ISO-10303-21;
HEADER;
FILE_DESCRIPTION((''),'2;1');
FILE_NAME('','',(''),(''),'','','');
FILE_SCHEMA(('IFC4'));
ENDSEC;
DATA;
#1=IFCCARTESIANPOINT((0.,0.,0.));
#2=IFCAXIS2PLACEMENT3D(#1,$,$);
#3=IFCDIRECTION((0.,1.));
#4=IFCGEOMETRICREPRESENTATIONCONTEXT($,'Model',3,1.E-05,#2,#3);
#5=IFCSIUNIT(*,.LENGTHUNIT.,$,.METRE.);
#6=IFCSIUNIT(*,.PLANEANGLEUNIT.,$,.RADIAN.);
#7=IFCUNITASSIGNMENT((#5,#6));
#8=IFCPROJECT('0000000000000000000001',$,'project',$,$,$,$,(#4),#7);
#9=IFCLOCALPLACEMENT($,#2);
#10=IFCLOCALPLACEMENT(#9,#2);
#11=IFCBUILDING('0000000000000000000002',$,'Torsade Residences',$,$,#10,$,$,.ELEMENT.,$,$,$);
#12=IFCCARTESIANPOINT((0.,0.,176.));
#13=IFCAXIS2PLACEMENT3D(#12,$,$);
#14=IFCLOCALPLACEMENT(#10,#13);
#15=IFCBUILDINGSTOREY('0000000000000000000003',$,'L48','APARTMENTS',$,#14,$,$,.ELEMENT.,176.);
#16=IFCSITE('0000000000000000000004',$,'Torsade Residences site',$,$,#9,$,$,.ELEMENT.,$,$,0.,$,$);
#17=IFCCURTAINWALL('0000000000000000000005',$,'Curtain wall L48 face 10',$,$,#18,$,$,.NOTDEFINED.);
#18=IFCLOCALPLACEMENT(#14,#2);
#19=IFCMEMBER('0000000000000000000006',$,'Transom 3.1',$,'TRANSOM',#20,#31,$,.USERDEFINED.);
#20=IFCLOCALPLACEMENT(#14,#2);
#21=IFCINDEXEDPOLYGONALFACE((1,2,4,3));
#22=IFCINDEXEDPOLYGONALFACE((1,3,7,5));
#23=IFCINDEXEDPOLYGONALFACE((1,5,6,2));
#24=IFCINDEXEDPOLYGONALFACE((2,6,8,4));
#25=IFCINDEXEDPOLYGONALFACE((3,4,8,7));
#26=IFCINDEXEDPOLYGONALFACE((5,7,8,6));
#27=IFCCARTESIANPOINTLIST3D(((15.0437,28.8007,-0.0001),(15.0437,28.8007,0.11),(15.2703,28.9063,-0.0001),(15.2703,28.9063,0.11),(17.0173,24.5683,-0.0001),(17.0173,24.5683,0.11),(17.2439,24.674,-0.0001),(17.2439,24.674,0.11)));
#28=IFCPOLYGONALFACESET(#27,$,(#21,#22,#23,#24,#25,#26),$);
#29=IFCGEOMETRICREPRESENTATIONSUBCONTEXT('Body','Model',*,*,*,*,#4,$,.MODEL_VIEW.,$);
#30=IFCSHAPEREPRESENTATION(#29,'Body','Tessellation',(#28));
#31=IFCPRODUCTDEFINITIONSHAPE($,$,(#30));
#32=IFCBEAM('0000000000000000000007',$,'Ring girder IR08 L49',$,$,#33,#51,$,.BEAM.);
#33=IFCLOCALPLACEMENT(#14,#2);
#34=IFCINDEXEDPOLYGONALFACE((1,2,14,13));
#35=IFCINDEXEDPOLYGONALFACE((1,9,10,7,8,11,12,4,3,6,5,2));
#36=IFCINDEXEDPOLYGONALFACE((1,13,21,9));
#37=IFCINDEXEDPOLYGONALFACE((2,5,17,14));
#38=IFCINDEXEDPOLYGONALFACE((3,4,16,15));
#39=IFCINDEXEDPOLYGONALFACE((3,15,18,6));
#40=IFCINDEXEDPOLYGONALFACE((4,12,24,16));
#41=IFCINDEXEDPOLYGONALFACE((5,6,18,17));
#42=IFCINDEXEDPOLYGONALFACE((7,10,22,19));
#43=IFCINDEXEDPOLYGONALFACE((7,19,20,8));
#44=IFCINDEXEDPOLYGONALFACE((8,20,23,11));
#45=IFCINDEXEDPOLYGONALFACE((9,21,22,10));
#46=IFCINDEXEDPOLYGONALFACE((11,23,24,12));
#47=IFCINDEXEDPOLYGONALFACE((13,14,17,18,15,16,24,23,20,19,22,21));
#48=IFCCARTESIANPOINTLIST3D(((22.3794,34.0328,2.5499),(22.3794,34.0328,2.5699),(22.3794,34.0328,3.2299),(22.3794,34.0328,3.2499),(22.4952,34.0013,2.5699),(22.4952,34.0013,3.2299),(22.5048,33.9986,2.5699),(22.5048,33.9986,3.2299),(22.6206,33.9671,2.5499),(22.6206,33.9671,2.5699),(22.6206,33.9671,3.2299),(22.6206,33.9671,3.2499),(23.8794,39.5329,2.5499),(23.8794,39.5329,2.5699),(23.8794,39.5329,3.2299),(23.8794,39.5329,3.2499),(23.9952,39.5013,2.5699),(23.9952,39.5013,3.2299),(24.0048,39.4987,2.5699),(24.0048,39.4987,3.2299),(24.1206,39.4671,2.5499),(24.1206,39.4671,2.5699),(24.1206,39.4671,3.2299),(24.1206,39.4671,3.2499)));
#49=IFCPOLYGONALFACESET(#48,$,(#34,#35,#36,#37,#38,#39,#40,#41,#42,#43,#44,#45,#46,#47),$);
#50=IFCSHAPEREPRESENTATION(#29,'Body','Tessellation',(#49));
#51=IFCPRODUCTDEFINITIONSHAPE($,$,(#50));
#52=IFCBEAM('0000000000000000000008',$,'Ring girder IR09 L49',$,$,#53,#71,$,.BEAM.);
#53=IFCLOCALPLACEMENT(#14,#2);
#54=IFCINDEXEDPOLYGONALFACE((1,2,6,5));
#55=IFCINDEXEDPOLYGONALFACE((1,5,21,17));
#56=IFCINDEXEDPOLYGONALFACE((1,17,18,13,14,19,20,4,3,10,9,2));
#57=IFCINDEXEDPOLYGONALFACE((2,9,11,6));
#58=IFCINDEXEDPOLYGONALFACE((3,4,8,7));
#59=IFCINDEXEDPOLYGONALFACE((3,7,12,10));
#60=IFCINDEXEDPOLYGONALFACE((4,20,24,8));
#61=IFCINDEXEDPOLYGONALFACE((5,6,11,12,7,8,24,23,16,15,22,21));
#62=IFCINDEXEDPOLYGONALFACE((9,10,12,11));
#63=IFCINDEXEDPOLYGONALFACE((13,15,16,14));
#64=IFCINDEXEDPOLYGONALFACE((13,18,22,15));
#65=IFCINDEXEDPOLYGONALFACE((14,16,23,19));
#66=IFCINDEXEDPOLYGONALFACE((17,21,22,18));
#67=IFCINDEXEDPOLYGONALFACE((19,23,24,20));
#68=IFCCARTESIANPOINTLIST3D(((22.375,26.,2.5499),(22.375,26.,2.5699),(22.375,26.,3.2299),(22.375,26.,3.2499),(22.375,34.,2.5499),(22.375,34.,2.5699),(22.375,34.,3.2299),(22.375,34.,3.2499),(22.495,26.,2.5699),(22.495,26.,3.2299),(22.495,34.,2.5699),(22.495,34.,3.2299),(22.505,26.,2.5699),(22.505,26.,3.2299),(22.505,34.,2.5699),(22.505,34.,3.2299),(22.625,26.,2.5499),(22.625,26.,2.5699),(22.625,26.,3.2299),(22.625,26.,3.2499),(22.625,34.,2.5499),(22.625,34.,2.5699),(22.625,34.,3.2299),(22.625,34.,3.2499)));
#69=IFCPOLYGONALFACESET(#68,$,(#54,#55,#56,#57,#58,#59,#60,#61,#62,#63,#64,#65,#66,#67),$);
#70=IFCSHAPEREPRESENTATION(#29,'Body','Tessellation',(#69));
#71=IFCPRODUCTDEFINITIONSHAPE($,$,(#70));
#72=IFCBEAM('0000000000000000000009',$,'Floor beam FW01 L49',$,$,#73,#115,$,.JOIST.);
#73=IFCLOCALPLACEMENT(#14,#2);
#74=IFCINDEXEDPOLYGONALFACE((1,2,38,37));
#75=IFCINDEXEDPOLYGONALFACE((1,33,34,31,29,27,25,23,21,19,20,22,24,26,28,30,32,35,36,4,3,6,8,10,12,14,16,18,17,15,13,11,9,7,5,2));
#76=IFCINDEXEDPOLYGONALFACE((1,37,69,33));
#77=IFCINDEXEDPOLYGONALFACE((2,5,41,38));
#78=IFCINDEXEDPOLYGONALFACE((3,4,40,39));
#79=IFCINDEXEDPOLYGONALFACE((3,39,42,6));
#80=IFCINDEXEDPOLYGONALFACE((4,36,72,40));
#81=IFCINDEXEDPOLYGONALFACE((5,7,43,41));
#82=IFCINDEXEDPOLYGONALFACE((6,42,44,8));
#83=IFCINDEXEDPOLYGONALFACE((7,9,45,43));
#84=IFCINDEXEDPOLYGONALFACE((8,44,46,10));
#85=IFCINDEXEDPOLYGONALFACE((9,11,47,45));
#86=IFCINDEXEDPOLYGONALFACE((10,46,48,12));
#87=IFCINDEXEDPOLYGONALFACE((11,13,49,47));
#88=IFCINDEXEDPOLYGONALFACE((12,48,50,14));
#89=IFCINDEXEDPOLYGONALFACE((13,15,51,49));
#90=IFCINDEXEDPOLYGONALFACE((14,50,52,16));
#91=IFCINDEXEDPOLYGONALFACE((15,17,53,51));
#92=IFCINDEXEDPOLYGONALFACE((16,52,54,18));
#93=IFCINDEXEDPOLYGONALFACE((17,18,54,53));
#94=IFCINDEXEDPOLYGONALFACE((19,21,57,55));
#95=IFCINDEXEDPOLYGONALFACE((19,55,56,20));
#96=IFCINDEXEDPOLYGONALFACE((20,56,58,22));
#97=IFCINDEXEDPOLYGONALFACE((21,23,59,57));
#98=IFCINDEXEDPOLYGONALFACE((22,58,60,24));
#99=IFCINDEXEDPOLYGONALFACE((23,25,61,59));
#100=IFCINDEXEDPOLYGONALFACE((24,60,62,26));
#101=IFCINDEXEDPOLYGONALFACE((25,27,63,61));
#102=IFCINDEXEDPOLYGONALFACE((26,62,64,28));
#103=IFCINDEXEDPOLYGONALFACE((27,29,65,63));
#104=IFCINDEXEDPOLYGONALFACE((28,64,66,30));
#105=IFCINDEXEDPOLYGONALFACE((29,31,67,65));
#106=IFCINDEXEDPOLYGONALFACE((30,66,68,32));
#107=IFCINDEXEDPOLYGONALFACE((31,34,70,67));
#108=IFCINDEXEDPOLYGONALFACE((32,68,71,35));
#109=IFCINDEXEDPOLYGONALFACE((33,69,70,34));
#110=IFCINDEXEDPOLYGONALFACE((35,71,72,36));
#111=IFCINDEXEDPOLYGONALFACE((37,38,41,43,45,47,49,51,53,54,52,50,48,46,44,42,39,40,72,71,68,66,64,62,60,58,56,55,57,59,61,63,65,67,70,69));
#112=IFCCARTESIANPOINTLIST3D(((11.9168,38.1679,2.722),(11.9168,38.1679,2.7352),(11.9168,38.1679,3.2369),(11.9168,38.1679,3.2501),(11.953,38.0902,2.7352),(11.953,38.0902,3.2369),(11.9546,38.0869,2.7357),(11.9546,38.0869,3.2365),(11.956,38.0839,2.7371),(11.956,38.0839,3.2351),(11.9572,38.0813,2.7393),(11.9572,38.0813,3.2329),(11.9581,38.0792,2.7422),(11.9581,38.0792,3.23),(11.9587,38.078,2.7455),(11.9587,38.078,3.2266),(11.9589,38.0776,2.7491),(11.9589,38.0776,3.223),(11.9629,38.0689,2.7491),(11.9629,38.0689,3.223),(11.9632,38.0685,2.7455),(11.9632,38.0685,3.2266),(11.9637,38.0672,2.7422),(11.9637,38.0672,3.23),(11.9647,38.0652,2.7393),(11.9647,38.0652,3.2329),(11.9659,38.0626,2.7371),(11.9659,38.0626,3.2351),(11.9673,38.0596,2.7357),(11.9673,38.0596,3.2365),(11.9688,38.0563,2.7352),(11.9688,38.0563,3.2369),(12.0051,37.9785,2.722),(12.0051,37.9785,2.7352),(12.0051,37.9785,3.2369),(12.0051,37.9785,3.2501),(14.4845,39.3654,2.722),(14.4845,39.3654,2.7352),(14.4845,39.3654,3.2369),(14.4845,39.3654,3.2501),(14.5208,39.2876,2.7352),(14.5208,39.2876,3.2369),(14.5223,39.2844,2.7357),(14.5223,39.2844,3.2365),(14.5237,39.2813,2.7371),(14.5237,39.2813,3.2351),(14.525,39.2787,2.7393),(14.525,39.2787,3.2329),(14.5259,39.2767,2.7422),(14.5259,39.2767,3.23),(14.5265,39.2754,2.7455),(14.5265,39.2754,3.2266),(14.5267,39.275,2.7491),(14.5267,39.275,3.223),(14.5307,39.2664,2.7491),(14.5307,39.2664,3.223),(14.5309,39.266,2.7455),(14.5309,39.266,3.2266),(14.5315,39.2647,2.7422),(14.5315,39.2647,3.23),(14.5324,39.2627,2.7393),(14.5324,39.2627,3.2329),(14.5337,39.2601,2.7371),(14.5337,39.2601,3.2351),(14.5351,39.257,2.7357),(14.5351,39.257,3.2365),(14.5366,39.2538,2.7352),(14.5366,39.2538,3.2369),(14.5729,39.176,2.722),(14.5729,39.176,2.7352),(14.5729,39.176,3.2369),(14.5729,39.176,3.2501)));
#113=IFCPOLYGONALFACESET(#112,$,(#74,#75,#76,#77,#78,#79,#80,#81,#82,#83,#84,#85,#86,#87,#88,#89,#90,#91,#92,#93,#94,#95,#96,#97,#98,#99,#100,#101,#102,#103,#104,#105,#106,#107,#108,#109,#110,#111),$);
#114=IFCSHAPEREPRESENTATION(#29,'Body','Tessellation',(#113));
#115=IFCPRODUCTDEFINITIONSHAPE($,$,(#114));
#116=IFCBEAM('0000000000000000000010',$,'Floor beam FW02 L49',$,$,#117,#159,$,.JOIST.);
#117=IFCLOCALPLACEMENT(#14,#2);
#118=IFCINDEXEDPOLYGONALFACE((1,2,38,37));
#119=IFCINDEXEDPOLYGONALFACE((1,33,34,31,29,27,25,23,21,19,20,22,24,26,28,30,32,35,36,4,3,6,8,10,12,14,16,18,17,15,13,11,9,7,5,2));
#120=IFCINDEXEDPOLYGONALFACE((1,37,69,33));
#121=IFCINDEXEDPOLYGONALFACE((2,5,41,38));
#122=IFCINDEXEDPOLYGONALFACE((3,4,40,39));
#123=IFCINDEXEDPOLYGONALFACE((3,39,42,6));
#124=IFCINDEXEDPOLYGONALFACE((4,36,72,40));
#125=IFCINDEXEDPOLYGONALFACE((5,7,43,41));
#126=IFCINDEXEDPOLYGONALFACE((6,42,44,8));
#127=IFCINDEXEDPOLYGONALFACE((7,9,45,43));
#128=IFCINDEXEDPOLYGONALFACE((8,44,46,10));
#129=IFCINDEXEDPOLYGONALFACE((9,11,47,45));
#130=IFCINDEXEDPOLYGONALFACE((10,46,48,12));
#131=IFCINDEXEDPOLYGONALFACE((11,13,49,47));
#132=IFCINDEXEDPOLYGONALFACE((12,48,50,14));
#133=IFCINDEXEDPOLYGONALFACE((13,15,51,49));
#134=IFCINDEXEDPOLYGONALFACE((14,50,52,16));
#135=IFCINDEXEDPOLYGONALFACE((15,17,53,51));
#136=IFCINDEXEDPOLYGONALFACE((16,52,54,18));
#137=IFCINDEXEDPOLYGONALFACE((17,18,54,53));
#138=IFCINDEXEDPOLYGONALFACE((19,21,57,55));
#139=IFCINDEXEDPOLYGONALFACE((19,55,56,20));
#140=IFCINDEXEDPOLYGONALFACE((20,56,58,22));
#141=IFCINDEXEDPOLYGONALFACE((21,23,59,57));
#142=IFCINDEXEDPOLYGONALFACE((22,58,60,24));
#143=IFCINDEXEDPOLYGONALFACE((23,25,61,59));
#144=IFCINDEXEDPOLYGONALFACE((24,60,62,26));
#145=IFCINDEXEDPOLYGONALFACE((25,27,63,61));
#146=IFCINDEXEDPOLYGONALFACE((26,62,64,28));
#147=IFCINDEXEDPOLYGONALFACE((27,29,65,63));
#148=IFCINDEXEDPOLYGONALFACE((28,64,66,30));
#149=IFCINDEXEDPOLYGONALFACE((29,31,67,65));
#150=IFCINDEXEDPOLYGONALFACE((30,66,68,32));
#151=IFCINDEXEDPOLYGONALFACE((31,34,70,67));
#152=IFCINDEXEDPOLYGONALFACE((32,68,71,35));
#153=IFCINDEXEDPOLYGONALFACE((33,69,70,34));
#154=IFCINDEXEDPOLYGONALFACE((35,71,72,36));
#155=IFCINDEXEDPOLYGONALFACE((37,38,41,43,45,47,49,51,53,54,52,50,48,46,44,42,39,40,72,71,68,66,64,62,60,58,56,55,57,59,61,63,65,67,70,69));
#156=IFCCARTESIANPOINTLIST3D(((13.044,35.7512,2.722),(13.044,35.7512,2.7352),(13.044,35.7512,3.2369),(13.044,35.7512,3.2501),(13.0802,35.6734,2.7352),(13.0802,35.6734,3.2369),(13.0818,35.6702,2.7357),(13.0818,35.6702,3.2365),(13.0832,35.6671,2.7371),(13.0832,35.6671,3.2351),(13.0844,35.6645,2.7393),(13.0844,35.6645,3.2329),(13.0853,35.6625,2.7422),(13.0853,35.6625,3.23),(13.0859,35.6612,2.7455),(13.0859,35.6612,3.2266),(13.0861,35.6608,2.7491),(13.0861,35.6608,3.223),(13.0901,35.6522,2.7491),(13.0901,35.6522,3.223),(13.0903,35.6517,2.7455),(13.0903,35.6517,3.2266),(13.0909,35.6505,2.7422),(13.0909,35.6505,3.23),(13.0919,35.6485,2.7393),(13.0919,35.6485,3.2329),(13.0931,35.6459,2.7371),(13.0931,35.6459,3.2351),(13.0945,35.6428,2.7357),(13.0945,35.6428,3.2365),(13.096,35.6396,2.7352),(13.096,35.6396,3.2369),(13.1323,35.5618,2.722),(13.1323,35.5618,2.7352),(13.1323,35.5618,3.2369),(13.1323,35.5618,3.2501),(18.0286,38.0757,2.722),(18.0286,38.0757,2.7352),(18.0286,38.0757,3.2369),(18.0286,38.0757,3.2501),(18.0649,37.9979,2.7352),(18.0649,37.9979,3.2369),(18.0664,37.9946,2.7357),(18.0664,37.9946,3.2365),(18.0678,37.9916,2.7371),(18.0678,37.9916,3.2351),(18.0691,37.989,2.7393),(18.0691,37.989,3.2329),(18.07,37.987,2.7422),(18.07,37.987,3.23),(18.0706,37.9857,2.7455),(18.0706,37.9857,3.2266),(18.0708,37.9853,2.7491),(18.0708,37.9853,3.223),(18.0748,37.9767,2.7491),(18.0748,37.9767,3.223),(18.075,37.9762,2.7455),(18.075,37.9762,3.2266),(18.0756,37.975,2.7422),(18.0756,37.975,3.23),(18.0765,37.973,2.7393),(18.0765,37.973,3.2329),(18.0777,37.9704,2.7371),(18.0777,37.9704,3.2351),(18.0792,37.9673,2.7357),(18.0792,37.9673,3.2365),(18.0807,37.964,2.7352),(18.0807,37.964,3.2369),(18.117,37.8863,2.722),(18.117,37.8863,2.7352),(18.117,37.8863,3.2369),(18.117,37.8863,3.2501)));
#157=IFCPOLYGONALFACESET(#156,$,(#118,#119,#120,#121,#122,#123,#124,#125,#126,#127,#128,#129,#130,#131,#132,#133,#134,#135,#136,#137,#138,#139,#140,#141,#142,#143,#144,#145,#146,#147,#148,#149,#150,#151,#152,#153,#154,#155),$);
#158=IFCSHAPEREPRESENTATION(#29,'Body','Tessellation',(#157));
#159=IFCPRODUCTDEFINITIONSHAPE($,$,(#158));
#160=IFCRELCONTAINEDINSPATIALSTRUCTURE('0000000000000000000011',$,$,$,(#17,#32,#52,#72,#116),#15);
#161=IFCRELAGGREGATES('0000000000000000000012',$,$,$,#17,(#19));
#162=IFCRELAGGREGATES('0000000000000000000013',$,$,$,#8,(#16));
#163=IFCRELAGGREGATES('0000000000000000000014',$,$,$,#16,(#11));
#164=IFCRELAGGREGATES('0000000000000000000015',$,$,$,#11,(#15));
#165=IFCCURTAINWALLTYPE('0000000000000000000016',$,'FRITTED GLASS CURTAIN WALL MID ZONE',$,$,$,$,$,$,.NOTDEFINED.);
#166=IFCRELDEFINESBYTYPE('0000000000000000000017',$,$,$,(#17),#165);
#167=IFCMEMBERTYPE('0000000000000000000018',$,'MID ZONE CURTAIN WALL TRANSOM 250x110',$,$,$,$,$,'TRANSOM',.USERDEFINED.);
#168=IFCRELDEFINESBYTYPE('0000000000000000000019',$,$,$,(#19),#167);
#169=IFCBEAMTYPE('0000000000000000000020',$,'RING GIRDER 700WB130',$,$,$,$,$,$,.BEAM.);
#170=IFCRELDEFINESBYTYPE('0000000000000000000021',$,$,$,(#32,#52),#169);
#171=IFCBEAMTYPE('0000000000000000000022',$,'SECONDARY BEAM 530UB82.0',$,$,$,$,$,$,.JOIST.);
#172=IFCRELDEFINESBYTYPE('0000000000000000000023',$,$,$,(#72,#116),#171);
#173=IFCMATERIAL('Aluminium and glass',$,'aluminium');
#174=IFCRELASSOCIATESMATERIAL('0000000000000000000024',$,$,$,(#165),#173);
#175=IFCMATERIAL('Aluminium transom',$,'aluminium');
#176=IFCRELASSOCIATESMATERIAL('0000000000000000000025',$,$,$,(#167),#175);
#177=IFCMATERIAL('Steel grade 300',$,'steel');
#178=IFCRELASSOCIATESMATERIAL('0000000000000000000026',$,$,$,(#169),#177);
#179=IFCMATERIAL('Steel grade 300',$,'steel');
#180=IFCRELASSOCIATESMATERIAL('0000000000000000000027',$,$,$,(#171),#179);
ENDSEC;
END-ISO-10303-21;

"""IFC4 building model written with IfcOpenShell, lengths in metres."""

from ifc_helpers import new_model, si_unit, direction, frame, origin, origin_2d, place, context, subcontext, project, spatial, rectangle, i_section, extrude, material, material_profile, profile_set, type_object, element, aggregate, save


model = new_model("IFC4")

# Units and contexts
model_context = context("Model", 3, precision=1e-05, world=origin(), true_north=direction((0.0, 1.0)))
body_context = subcontext(model_context, "Body", "Model", "MODEL_VIEW")
ifc_project = project(units=[si_unit("LENGTHUNIT", "METRE"), si_unit("PLANEANGLEUNIT", "RADIAN")], contexts=[model_context])

# Site, building, storey
site_placement = place(None, origin())
site = spatial("IfcSite", under=ifc_project, at=site_placement, Name="Torsade Residences site", CompositionType="ELEMENT", RefElevation=0.0)
building_placement = place(site_placement, origin())
building = spatial("IfcBuilding", under=site, at=building_placement, Name="Torsade Residences", CompositionType="ELEMENT")
storey_placement = place(building_placement, frame((0.0, 0.0, 176.0)))
storey = spatial("IfcBuildingStorey", under=building, at=storey_placement, Name="L48", Description="APARTMENTS", CompositionType="ELEMENT", Elevation=176.0)

# Curtain wall, member
ifc_material_1 = material(Name="Aluminium and glass", Category="aluminium")
curtain_wall_type = type_object("IfcCurtainWallType", Name="FRITTED GLASS CURTAIN WALL MID ZONE", PredefinedType="NOTDEFINED", material=ifc_material_1)
curtain_wall_placement = place(storey_placement, origin())
curtain_wall = element("IfcCurtainWall", 1, at=curtain_wall_placement, inside=storey, type_object=curtain_wall_type, Name="Curtain wall L48 face 10", PredefinedType="NOTDEFINED")
ifc_material_2 = material(Name="Aluminium transom", Category="aluminium")
ifc_material_profile_1 = material_profile(ifc_material_2, rectangle(XDim=0.25, YDim=0.1101, at=origin_2d()), Name="MID ZONE CURTAIN WALL TRANSOM 250x110")
ifc_profile_set_1 = profile_set([ifc_material_profile_1], Name="Aluminium transom")
member_type_1 = type_object("IfcMemberType", Name="MID ZONE CURTAIN WALL TRANSOM 250x110", ElementType="TRANSOM", PredefinedType="USERDEFINED", material=ifc_profile_set_1)
member_1_placement = place(storey_placement, frame((15.157, 28.8535, 0.0549), z_axis=(0.422622, -0.906306, 0.0), x_axis=(0.906306, 0.422622, 0.0)))
member_1 = element("IfcMember", 2, at=member_1_placement, type_object=member_type_1, Name="Transom 3.1", ObjectType="TRANSOM", PredefinedType="USERDEFINED", context=body_context, shape_type="SweptSolid", body=[
    extrude(rectangle(XDim=0.25, YDim=0.1101, at=origin_2d()), origin(), (0.0, 0.0, 1.0), 4.6699),
])

# Beams
ifc_material_3 = material(Name="Steel grade 300", Category="steel")
ifc_material_profile_2 = material_profile(ifc_material_3, i_section(OverallWidth=0.25, OverallDepth=0.7, WebThickness=0.01, FlangeThickness=0.02, at=origin_2d()), Name="700WB130")
ifc_profile_set_2 = profile_set([ifc_material_profile_2], Name="Steel grade 300")
beam_type_1 = type_object("IfcBeamType", Name="RING GIRDER 700WB130", PredefinedType="BEAM", material=ifc_profile_set_2)
beam_1_placement = place(storey_placement, frame((24.0, 39.5, 2.8999), z_axis=(-0.263117, -0.964764, 0.0), x_axis=(0.964764, -0.263117, 0.0)))
element("IfcBeam", 3, at=beam_1_placement, inside=storey, type_object=beam_type_1, Name="Ring girder IR08 L49", PredefinedType="BEAM", context=body_context, shape_type="SweptSolid", body=[
    extrude(i_section(OverallWidth=0.25, OverallDepth=0.7, WebThickness=0.01, FlangeThickness=0.02, at=origin_2d()), origin(), (0.0, 0.0, 1.0), 5.7009),
])
beam_2_placement = place(storey_placement, frame((22.5, 34.0, 2.8999), z_axis=(0.0, -1.0, 0.0), x_axis=(1.0, 0.0, 0.0)))
element("IfcBeam", 4, at=beam_2_placement, inside=storey, type_object=beam_type_1, Name="Ring girder IR09 L49", PredefinedType="BEAM", context=body_context, shape_type="SweptSolid", body=[
    extrude(i_section(OverallWidth=0.25, OverallDepth=0.7, WebThickness=0.01, FlangeThickness=0.02, at=origin_2d()), origin(), (0.0, 0.0, 1.0), 8.0),
])
ifc_material_4 = material(Name="Steel grade 300", Category="steel")
ifc_material_profile_3 = material_profile(ifc_material_4, i_section(OverallWidth=0.209, OverallDepth=0.5281, WebThickness=0.0095, FlangeThickness=0.0132, FilletRadius=0.0139, at=origin_2d()), Name="530UB82.0")
ifc_profile_set_3 = profile_set([ifc_material_profile_3], Name="Steel grade 300")
beam_type_2 = type_object("IfcBeamType", Name="SECONDARY BEAM 530UB82.0", PredefinedType="JOIST", material=ifc_profile_set_3)
beam_3_placement = place(storey_placement, frame((11.9609, 38.0732, 2.9861), z_axis=(0.906295, 0.422645, 0.0), x_axis=(-0.422645, 0.906295, 0.0)))
element("IfcBeam", 5, at=beam_3_placement, inside=storey, type_object=beam_type_2, Name="Floor beam FW01 L49", PredefinedType="JOIST", context=body_context, shape_type="SweptSolid", body=[
    extrude(i_section(OverallWidth=0.209, OverallDepth=0.5281, WebThickness=0.0095, FlangeThickness=0.0132, FilletRadius=0.0139, at=origin_2d()), origin(), (0.0, 0.0, 1.0), 2.8333),
])
beam_4_placement = place(storey_placement, frame((13.0881, 35.6565, 2.9861), z_axis=(0.906301, 0.422633, 0.0), x_axis=(-0.422633, 0.906301, 0.0)))
element("IfcBeam", 6, at=beam_4_placement, inside=storey, type_object=beam_type_2, Name="Floor beam FW02 L49", PredefinedType="JOIST", context=body_context, shape_type="SweptSolid", body=[
    extrude(i_section(OverallWidth=0.209, OverallDepth=0.5281, WebThickness=0.0095, FlangeThickness=0.0132, FilletRadius=0.0139, at=origin_2d()), origin(), (0.0, 0.0, 1.0), 5.5),
])

aggregate(curtain_wall, [member_1])

save(model, "model.ifc")
